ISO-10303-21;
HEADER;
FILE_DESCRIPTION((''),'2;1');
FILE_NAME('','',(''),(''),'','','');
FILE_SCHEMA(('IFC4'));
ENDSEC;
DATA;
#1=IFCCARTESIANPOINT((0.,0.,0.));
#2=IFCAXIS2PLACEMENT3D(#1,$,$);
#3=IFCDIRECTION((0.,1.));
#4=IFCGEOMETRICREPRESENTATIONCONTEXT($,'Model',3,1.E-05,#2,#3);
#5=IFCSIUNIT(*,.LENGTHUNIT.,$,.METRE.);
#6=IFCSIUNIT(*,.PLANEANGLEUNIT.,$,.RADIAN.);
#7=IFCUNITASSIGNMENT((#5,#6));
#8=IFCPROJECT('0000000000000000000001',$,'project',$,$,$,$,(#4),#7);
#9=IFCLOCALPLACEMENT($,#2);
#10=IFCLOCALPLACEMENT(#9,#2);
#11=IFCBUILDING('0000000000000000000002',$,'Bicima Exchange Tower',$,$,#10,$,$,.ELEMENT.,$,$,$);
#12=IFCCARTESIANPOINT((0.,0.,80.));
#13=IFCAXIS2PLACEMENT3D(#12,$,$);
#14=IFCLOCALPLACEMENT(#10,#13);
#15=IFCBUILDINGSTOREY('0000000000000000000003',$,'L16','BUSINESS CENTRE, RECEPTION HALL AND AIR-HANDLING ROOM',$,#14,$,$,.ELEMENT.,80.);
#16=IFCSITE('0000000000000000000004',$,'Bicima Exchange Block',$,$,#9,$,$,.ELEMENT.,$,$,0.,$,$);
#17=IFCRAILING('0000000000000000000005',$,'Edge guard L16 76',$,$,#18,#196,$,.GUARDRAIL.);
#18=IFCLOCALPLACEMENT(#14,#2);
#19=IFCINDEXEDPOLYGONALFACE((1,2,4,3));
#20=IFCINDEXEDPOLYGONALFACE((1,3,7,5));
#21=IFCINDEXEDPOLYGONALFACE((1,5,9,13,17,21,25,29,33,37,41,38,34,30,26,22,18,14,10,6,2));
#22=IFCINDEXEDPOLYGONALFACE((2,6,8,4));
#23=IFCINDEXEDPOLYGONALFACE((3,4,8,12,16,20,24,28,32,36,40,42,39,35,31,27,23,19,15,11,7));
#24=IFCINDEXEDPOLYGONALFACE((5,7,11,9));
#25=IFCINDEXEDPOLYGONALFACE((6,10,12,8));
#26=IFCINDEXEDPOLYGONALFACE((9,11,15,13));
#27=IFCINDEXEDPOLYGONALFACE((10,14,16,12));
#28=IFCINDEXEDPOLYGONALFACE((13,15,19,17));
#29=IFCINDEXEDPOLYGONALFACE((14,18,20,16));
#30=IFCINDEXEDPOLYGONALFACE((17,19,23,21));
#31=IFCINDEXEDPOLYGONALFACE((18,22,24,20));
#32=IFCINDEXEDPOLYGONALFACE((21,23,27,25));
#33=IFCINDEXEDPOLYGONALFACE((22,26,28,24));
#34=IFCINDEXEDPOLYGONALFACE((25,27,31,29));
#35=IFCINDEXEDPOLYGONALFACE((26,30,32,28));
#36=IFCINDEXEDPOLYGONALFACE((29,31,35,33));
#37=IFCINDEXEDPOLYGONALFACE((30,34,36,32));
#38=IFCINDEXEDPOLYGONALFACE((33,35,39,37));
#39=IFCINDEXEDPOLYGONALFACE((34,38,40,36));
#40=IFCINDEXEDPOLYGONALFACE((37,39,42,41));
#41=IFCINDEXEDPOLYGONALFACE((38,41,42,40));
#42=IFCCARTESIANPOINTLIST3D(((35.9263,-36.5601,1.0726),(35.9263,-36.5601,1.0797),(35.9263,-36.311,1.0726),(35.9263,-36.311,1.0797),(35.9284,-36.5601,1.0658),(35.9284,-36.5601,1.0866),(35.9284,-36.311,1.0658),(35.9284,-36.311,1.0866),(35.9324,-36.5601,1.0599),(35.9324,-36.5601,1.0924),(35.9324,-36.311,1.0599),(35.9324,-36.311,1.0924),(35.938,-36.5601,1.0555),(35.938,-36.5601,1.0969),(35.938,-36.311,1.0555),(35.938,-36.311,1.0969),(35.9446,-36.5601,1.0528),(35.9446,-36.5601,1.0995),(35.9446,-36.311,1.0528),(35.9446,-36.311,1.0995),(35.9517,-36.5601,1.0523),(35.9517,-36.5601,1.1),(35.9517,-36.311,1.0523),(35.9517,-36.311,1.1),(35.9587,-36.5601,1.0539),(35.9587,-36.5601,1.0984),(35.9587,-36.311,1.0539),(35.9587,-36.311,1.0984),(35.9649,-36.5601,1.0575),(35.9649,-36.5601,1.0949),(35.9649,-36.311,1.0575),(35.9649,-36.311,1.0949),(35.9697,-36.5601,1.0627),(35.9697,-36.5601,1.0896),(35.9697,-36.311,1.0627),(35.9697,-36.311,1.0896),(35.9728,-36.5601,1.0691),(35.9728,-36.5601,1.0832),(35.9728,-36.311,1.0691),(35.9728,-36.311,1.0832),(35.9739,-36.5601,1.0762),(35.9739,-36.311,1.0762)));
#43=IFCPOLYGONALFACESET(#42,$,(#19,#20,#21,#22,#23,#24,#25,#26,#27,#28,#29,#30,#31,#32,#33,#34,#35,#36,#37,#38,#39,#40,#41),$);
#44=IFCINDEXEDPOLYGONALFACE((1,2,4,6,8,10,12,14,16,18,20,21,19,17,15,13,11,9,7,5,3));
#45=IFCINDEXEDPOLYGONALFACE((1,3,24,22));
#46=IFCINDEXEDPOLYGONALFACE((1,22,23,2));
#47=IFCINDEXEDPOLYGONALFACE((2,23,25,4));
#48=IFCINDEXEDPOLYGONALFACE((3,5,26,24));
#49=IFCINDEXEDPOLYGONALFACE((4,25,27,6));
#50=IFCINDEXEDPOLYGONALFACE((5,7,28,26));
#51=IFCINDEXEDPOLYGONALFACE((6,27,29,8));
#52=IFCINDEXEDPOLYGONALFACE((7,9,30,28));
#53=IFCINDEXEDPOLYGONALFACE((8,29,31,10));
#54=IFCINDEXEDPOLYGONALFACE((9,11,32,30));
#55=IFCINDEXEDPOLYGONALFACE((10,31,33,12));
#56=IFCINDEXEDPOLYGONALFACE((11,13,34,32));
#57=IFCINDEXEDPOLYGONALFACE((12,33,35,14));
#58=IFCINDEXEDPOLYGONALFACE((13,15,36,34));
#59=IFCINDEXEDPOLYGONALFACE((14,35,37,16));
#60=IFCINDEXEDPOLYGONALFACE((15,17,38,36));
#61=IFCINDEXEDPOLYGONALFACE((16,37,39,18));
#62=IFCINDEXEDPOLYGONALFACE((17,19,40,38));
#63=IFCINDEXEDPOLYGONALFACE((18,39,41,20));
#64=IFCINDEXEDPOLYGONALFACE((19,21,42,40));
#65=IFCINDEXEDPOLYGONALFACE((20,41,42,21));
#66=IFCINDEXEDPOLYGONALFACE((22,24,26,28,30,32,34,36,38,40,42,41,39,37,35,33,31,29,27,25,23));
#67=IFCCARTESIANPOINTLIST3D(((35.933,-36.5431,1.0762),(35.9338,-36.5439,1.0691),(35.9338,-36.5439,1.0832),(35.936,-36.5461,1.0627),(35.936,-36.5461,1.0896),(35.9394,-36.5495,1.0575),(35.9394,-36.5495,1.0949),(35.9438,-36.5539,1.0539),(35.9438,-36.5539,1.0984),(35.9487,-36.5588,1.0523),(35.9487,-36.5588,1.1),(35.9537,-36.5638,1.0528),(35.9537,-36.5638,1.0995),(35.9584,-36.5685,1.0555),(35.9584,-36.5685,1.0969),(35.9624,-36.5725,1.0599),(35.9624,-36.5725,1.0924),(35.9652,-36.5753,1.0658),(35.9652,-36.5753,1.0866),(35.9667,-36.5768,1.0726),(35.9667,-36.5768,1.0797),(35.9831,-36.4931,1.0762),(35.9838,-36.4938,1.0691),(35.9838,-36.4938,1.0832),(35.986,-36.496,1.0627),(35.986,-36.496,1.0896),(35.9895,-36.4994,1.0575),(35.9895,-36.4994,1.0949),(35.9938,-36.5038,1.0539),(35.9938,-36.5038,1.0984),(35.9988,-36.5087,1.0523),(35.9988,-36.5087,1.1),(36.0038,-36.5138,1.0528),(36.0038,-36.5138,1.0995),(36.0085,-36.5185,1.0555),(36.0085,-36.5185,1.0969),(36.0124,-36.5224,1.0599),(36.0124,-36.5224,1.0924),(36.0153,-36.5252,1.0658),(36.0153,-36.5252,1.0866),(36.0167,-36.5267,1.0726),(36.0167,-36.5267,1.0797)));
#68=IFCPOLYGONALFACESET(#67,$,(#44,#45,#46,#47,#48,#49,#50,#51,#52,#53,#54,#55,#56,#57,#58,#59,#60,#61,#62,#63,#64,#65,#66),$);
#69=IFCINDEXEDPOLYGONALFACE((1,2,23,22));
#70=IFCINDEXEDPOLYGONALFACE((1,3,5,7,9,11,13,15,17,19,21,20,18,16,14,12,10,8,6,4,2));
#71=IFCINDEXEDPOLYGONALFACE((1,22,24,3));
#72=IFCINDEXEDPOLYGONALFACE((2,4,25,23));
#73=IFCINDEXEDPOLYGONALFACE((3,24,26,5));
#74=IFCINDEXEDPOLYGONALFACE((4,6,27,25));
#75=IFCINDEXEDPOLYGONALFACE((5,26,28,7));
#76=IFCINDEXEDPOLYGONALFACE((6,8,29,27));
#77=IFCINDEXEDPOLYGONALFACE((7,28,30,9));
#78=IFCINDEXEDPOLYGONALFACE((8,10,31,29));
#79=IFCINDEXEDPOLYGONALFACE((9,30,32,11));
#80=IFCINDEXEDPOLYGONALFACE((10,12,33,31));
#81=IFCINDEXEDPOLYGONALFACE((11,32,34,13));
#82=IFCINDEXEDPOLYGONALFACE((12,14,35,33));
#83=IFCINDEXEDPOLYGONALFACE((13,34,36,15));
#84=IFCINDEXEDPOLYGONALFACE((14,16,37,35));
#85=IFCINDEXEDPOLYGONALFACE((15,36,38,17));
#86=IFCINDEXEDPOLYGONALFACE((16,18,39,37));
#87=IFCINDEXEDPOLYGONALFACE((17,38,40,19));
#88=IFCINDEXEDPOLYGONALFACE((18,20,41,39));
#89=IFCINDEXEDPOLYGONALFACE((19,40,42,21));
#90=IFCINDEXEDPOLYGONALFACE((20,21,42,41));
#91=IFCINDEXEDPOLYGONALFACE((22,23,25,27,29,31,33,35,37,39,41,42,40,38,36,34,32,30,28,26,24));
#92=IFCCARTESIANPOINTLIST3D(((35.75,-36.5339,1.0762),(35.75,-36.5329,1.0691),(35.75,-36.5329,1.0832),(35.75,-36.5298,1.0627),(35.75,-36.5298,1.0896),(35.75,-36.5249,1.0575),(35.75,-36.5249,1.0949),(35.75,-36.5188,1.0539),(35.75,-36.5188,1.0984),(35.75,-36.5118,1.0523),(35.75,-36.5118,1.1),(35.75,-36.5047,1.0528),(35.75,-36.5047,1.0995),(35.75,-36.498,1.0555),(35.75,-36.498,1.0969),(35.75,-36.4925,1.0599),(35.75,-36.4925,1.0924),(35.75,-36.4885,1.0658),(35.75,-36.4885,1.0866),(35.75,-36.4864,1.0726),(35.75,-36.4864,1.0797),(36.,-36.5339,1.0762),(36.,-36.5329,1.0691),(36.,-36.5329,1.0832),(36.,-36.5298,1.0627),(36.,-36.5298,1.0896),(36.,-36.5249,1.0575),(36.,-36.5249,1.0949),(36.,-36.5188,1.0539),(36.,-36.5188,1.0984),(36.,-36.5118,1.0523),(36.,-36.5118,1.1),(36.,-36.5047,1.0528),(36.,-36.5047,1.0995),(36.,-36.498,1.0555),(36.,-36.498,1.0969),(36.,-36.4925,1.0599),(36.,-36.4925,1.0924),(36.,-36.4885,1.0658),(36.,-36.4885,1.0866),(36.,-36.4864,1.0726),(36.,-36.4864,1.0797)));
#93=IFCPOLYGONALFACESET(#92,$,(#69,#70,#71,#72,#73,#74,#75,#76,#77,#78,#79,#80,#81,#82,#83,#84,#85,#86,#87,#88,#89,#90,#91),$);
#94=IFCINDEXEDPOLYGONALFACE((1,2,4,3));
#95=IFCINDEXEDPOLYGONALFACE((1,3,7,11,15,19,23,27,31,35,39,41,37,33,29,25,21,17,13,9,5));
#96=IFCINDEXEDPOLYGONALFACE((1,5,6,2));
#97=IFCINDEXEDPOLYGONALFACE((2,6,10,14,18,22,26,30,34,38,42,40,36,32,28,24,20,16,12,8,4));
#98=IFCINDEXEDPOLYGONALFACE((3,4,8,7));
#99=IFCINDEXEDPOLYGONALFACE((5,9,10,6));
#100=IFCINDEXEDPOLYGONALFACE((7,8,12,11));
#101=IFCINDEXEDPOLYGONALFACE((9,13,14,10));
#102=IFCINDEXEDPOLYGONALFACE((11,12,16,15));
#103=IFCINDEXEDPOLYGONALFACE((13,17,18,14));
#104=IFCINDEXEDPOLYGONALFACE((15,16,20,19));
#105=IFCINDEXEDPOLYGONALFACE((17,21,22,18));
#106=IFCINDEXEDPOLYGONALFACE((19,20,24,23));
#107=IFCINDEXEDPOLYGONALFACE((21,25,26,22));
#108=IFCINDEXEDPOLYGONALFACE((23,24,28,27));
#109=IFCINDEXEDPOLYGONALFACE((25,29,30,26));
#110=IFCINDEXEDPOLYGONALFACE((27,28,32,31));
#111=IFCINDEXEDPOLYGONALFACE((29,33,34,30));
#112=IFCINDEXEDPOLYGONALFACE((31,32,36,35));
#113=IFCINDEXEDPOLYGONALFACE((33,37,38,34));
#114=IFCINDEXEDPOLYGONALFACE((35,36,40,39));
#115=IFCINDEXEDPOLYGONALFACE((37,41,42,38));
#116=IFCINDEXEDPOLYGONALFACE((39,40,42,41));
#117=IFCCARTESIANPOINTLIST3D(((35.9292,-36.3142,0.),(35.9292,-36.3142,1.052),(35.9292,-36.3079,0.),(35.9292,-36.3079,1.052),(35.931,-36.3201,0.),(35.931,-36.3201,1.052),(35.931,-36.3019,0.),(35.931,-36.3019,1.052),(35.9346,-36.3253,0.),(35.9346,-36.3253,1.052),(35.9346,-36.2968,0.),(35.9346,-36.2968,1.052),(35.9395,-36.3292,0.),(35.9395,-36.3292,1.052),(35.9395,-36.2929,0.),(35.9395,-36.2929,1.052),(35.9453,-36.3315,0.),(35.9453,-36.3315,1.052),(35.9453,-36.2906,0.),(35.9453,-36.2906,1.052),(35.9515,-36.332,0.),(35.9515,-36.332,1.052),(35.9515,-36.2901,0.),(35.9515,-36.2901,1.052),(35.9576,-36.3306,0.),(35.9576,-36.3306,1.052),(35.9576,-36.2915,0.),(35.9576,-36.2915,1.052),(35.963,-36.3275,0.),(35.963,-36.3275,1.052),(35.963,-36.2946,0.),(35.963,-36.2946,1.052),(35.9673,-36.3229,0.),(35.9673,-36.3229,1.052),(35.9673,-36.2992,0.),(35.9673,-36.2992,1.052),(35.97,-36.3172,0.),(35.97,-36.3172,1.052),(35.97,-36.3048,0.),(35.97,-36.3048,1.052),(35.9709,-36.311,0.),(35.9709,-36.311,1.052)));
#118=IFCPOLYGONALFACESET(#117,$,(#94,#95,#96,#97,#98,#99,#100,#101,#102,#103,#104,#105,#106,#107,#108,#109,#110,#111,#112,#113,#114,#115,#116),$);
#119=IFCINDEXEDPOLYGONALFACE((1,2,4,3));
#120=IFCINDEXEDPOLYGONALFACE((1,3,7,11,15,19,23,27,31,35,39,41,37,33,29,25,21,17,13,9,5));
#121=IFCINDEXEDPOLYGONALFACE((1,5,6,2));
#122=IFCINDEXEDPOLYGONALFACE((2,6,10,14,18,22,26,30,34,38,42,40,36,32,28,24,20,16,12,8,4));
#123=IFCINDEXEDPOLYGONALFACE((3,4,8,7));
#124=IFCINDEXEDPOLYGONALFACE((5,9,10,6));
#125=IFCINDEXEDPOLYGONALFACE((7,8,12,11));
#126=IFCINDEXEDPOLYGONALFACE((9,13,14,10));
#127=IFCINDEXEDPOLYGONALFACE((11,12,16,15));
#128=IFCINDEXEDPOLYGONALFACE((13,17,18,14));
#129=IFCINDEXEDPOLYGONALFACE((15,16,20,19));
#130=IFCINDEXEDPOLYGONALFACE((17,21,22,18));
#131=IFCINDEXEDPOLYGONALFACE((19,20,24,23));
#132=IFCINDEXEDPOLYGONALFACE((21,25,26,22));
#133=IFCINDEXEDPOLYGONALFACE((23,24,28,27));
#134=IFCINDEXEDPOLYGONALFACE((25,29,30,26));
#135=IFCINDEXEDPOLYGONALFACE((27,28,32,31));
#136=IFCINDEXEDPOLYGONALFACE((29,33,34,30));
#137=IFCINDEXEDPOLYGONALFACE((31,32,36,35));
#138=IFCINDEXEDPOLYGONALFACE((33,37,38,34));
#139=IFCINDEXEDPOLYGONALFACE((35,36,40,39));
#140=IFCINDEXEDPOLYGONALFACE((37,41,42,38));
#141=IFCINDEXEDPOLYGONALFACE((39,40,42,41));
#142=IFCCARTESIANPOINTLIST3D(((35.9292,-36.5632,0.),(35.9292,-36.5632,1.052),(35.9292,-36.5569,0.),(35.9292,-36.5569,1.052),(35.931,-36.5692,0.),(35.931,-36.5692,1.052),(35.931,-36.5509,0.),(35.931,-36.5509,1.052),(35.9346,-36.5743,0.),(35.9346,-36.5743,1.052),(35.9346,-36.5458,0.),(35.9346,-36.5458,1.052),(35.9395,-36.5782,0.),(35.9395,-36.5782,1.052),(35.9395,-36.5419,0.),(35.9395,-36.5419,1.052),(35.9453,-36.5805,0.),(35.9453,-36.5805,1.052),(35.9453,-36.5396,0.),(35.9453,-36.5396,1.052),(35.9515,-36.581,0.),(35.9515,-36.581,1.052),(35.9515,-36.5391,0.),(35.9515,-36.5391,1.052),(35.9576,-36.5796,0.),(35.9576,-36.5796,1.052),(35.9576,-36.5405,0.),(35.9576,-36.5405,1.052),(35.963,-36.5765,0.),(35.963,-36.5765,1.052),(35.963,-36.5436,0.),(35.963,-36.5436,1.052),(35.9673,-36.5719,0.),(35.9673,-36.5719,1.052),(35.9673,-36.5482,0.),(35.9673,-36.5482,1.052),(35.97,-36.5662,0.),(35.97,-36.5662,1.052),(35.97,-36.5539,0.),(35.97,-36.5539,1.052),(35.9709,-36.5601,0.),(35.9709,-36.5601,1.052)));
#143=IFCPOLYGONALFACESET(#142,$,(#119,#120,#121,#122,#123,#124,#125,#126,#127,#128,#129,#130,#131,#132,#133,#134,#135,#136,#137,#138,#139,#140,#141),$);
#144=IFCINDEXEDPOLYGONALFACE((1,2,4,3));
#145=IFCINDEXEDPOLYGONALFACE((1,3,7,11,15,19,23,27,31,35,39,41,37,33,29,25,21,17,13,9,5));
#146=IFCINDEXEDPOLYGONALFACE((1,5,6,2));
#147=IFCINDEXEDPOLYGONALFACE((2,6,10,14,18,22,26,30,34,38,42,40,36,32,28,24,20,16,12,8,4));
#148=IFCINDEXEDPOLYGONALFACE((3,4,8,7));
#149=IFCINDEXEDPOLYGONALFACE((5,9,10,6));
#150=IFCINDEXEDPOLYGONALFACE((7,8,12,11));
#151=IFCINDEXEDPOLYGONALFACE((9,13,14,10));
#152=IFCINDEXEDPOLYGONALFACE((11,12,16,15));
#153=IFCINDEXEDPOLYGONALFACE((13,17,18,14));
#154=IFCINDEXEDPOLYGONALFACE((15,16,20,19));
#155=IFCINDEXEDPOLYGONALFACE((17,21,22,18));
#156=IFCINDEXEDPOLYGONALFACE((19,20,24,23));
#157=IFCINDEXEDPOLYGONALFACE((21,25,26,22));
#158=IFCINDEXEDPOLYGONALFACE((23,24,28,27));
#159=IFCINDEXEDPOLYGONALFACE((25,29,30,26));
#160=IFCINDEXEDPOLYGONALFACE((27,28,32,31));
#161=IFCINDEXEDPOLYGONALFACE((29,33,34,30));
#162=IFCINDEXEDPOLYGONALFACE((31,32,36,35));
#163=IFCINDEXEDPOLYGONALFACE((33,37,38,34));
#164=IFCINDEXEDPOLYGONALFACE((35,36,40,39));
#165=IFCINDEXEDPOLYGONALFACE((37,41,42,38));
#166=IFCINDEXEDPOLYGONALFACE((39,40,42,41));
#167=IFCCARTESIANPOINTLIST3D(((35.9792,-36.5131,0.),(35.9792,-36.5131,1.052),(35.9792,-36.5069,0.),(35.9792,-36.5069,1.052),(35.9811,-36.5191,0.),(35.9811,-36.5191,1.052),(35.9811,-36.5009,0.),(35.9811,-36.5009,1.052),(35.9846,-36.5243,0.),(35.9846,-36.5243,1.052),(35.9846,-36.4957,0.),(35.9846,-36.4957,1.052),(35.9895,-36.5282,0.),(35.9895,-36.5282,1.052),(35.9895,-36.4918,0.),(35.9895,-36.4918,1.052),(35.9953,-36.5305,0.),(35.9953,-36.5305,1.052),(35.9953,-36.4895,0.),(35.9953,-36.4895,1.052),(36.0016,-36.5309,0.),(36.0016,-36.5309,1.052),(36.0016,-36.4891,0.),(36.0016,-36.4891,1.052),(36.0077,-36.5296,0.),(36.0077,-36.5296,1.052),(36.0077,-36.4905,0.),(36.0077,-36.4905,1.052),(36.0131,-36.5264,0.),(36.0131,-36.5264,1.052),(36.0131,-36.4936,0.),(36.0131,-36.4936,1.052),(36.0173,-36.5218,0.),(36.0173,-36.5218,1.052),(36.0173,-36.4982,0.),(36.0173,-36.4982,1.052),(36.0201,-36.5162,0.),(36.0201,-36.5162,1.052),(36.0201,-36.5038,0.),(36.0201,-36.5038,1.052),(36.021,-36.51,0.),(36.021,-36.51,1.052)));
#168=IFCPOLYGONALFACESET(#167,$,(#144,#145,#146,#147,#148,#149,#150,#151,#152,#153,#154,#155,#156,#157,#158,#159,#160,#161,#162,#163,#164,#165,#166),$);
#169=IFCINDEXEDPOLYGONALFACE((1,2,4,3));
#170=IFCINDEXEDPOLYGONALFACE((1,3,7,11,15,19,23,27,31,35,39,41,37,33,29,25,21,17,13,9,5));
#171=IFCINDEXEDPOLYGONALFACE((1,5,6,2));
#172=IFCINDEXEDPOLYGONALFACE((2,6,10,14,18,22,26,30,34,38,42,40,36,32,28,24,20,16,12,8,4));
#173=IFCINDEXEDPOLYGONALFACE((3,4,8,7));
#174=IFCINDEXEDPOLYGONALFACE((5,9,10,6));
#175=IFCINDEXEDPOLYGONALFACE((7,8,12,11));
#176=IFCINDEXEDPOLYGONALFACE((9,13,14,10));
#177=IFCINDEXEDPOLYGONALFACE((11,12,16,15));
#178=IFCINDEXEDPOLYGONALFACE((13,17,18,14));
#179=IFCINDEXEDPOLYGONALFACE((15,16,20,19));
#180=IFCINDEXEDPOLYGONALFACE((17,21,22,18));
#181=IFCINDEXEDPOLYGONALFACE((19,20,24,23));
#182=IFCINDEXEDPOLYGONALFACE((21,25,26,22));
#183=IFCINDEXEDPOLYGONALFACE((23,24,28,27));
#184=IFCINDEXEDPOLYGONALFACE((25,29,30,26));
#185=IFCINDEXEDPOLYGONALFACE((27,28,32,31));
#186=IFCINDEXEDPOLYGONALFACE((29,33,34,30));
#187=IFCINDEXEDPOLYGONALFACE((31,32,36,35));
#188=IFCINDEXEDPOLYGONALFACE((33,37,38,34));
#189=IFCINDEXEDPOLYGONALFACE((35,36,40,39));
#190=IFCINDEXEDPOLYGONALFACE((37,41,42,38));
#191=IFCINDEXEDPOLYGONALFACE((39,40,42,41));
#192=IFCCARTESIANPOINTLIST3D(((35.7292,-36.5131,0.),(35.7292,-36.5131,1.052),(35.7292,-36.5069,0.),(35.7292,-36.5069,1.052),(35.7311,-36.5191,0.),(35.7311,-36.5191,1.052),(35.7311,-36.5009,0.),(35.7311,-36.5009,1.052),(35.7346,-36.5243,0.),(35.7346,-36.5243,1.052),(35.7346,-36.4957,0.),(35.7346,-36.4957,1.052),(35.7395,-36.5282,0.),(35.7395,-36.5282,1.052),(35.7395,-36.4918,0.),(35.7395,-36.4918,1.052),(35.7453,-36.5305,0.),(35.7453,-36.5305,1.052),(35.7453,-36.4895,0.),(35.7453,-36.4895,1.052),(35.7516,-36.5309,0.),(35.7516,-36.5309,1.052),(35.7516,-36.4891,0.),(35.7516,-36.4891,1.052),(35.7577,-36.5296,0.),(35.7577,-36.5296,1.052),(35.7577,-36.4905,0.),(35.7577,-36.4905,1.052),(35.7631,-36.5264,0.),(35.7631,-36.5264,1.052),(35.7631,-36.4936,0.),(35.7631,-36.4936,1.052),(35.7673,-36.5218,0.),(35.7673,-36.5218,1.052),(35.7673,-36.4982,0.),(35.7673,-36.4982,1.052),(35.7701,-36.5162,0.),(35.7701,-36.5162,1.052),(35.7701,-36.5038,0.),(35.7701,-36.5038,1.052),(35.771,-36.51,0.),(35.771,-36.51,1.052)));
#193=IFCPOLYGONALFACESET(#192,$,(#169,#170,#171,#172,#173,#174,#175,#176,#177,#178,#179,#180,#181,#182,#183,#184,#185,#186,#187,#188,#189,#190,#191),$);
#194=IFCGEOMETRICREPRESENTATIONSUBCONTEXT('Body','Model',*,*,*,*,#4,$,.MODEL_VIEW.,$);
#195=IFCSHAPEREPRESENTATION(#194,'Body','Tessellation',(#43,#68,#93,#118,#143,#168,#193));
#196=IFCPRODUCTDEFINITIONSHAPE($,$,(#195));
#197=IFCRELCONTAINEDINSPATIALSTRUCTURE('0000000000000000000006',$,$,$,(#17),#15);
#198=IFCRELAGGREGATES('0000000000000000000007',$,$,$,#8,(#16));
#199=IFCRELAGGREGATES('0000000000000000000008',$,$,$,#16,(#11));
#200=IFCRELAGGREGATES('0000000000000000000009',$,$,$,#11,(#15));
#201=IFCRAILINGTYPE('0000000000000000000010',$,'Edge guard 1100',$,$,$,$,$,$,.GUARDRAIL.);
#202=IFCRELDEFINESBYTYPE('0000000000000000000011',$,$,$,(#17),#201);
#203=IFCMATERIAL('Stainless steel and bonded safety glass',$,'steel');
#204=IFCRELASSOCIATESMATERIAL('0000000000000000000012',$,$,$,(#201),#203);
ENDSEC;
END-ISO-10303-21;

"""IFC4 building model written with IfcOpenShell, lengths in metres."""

from ifc_helpers import new_model, si_unit, direction, frame, origin, origin_2d, place, context, subcontext, project, spatial, circle, extrude, material, type_object, element, save


model = new_model("IFC4")

# Units and contexts
model_context = context("Model", 3, precision=1e-05, world=origin(), true_north=direction((0.0, 1.0)))
body_context = subcontext(model_context, "Body", "Model", "MODEL_VIEW")
ifc_project = project(units=[si_unit("LENGTHUNIT", "METRE"), si_unit("PLANEANGLEUNIT", "RADIAN")], contexts=[model_context])

# Site, building, storey
site_placement = place(None, origin())
site = spatial("IfcSite", under=ifc_project, at=site_placement, Name="Bicima Exchange Block", CompositionType="ELEMENT", RefElevation=0.0)
building_placement = place(site_placement, origin())
building = spatial("IfcBuilding", under=site, at=building_placement, Name="Bicima Exchange Tower", CompositionType="ELEMENT")
storey_placement = place(building_placement, frame((0.0, 0.0, 80.0)))
storey = spatial("IfcBuildingStorey", under=building, at=storey_placement, Name="L16", Description="BUSINESS CENTRE, RECEPTION HALL AND AIR-HANDLING ROOM", CompositionType="ELEMENT", Elevation=80.0)

# Railing
ifc_material_1 = material(Name="Stainless steel and bonded safety glass", Category="steel")
railing_type = type_object("IfcRailingType", Name="Edge guard 1100", PredefinedType="GUARDRAIL", material=ifc_material_1)
railing_1_placement = place(storey_placement, frame((35.95, -36.311, 0.0)))
element("IfcRailing", 1, at=railing_1_placement, inside=storey, type_object=railing_type, Name="Edge guard L16 76", PredefinedType="GUARDRAIL", context=body_context, shape_type="SweptSolid", body=[
    extrude(circle(Radius=0.0239, at=origin_2d()), frame((0.0, 0.0, 1.0762), z_axis=(0.0, -1.0, 0.0), x_axis=(1.0, 0.0, 0.0)), (0.0, 0.0, 1.0), 0.249),
    extrude(circle(Radius=0.0239, at=origin_2d()), frame((0.0, -0.249, 1.0762), z_axis=(0.707107, 0.707107, 0.0), x_axis=(-0.707107, 0.707107, 0.0)), (0.0, 0.0, 1.0), 0.0708),
    extrude(circle(Radius=0.0239, at=origin_2d()), frame((0.05, -0.199, 1.0762), z_axis=(-1.0, 0.0, 0.0), x_axis=(0.0, -1.0, 0.0)), (0.0, 0.0, 1.0), 0.25),
    extrude(circle(Radius=0.021, at=origin_2d()), origin(), (0.0, 0.0, 1.0), 1.052),
    extrude(circle(Radius=0.021, at=origin_2d()), frame((0.0, -0.249, 0.0)), (0.0, 0.0, 1.0), 1.052),
    extrude(circle(Radius=0.021, at=origin_2d()), frame((0.05, -0.199, 0.0)), (0.0, 0.0, 1.0), 1.052),
    extrude(circle(Radius=0.021, at=origin_2d()), frame((-0.2, -0.199, 0.0)), (0.0, 0.0, 1.0), 1.052),
])

save(model, "model.ifc")
